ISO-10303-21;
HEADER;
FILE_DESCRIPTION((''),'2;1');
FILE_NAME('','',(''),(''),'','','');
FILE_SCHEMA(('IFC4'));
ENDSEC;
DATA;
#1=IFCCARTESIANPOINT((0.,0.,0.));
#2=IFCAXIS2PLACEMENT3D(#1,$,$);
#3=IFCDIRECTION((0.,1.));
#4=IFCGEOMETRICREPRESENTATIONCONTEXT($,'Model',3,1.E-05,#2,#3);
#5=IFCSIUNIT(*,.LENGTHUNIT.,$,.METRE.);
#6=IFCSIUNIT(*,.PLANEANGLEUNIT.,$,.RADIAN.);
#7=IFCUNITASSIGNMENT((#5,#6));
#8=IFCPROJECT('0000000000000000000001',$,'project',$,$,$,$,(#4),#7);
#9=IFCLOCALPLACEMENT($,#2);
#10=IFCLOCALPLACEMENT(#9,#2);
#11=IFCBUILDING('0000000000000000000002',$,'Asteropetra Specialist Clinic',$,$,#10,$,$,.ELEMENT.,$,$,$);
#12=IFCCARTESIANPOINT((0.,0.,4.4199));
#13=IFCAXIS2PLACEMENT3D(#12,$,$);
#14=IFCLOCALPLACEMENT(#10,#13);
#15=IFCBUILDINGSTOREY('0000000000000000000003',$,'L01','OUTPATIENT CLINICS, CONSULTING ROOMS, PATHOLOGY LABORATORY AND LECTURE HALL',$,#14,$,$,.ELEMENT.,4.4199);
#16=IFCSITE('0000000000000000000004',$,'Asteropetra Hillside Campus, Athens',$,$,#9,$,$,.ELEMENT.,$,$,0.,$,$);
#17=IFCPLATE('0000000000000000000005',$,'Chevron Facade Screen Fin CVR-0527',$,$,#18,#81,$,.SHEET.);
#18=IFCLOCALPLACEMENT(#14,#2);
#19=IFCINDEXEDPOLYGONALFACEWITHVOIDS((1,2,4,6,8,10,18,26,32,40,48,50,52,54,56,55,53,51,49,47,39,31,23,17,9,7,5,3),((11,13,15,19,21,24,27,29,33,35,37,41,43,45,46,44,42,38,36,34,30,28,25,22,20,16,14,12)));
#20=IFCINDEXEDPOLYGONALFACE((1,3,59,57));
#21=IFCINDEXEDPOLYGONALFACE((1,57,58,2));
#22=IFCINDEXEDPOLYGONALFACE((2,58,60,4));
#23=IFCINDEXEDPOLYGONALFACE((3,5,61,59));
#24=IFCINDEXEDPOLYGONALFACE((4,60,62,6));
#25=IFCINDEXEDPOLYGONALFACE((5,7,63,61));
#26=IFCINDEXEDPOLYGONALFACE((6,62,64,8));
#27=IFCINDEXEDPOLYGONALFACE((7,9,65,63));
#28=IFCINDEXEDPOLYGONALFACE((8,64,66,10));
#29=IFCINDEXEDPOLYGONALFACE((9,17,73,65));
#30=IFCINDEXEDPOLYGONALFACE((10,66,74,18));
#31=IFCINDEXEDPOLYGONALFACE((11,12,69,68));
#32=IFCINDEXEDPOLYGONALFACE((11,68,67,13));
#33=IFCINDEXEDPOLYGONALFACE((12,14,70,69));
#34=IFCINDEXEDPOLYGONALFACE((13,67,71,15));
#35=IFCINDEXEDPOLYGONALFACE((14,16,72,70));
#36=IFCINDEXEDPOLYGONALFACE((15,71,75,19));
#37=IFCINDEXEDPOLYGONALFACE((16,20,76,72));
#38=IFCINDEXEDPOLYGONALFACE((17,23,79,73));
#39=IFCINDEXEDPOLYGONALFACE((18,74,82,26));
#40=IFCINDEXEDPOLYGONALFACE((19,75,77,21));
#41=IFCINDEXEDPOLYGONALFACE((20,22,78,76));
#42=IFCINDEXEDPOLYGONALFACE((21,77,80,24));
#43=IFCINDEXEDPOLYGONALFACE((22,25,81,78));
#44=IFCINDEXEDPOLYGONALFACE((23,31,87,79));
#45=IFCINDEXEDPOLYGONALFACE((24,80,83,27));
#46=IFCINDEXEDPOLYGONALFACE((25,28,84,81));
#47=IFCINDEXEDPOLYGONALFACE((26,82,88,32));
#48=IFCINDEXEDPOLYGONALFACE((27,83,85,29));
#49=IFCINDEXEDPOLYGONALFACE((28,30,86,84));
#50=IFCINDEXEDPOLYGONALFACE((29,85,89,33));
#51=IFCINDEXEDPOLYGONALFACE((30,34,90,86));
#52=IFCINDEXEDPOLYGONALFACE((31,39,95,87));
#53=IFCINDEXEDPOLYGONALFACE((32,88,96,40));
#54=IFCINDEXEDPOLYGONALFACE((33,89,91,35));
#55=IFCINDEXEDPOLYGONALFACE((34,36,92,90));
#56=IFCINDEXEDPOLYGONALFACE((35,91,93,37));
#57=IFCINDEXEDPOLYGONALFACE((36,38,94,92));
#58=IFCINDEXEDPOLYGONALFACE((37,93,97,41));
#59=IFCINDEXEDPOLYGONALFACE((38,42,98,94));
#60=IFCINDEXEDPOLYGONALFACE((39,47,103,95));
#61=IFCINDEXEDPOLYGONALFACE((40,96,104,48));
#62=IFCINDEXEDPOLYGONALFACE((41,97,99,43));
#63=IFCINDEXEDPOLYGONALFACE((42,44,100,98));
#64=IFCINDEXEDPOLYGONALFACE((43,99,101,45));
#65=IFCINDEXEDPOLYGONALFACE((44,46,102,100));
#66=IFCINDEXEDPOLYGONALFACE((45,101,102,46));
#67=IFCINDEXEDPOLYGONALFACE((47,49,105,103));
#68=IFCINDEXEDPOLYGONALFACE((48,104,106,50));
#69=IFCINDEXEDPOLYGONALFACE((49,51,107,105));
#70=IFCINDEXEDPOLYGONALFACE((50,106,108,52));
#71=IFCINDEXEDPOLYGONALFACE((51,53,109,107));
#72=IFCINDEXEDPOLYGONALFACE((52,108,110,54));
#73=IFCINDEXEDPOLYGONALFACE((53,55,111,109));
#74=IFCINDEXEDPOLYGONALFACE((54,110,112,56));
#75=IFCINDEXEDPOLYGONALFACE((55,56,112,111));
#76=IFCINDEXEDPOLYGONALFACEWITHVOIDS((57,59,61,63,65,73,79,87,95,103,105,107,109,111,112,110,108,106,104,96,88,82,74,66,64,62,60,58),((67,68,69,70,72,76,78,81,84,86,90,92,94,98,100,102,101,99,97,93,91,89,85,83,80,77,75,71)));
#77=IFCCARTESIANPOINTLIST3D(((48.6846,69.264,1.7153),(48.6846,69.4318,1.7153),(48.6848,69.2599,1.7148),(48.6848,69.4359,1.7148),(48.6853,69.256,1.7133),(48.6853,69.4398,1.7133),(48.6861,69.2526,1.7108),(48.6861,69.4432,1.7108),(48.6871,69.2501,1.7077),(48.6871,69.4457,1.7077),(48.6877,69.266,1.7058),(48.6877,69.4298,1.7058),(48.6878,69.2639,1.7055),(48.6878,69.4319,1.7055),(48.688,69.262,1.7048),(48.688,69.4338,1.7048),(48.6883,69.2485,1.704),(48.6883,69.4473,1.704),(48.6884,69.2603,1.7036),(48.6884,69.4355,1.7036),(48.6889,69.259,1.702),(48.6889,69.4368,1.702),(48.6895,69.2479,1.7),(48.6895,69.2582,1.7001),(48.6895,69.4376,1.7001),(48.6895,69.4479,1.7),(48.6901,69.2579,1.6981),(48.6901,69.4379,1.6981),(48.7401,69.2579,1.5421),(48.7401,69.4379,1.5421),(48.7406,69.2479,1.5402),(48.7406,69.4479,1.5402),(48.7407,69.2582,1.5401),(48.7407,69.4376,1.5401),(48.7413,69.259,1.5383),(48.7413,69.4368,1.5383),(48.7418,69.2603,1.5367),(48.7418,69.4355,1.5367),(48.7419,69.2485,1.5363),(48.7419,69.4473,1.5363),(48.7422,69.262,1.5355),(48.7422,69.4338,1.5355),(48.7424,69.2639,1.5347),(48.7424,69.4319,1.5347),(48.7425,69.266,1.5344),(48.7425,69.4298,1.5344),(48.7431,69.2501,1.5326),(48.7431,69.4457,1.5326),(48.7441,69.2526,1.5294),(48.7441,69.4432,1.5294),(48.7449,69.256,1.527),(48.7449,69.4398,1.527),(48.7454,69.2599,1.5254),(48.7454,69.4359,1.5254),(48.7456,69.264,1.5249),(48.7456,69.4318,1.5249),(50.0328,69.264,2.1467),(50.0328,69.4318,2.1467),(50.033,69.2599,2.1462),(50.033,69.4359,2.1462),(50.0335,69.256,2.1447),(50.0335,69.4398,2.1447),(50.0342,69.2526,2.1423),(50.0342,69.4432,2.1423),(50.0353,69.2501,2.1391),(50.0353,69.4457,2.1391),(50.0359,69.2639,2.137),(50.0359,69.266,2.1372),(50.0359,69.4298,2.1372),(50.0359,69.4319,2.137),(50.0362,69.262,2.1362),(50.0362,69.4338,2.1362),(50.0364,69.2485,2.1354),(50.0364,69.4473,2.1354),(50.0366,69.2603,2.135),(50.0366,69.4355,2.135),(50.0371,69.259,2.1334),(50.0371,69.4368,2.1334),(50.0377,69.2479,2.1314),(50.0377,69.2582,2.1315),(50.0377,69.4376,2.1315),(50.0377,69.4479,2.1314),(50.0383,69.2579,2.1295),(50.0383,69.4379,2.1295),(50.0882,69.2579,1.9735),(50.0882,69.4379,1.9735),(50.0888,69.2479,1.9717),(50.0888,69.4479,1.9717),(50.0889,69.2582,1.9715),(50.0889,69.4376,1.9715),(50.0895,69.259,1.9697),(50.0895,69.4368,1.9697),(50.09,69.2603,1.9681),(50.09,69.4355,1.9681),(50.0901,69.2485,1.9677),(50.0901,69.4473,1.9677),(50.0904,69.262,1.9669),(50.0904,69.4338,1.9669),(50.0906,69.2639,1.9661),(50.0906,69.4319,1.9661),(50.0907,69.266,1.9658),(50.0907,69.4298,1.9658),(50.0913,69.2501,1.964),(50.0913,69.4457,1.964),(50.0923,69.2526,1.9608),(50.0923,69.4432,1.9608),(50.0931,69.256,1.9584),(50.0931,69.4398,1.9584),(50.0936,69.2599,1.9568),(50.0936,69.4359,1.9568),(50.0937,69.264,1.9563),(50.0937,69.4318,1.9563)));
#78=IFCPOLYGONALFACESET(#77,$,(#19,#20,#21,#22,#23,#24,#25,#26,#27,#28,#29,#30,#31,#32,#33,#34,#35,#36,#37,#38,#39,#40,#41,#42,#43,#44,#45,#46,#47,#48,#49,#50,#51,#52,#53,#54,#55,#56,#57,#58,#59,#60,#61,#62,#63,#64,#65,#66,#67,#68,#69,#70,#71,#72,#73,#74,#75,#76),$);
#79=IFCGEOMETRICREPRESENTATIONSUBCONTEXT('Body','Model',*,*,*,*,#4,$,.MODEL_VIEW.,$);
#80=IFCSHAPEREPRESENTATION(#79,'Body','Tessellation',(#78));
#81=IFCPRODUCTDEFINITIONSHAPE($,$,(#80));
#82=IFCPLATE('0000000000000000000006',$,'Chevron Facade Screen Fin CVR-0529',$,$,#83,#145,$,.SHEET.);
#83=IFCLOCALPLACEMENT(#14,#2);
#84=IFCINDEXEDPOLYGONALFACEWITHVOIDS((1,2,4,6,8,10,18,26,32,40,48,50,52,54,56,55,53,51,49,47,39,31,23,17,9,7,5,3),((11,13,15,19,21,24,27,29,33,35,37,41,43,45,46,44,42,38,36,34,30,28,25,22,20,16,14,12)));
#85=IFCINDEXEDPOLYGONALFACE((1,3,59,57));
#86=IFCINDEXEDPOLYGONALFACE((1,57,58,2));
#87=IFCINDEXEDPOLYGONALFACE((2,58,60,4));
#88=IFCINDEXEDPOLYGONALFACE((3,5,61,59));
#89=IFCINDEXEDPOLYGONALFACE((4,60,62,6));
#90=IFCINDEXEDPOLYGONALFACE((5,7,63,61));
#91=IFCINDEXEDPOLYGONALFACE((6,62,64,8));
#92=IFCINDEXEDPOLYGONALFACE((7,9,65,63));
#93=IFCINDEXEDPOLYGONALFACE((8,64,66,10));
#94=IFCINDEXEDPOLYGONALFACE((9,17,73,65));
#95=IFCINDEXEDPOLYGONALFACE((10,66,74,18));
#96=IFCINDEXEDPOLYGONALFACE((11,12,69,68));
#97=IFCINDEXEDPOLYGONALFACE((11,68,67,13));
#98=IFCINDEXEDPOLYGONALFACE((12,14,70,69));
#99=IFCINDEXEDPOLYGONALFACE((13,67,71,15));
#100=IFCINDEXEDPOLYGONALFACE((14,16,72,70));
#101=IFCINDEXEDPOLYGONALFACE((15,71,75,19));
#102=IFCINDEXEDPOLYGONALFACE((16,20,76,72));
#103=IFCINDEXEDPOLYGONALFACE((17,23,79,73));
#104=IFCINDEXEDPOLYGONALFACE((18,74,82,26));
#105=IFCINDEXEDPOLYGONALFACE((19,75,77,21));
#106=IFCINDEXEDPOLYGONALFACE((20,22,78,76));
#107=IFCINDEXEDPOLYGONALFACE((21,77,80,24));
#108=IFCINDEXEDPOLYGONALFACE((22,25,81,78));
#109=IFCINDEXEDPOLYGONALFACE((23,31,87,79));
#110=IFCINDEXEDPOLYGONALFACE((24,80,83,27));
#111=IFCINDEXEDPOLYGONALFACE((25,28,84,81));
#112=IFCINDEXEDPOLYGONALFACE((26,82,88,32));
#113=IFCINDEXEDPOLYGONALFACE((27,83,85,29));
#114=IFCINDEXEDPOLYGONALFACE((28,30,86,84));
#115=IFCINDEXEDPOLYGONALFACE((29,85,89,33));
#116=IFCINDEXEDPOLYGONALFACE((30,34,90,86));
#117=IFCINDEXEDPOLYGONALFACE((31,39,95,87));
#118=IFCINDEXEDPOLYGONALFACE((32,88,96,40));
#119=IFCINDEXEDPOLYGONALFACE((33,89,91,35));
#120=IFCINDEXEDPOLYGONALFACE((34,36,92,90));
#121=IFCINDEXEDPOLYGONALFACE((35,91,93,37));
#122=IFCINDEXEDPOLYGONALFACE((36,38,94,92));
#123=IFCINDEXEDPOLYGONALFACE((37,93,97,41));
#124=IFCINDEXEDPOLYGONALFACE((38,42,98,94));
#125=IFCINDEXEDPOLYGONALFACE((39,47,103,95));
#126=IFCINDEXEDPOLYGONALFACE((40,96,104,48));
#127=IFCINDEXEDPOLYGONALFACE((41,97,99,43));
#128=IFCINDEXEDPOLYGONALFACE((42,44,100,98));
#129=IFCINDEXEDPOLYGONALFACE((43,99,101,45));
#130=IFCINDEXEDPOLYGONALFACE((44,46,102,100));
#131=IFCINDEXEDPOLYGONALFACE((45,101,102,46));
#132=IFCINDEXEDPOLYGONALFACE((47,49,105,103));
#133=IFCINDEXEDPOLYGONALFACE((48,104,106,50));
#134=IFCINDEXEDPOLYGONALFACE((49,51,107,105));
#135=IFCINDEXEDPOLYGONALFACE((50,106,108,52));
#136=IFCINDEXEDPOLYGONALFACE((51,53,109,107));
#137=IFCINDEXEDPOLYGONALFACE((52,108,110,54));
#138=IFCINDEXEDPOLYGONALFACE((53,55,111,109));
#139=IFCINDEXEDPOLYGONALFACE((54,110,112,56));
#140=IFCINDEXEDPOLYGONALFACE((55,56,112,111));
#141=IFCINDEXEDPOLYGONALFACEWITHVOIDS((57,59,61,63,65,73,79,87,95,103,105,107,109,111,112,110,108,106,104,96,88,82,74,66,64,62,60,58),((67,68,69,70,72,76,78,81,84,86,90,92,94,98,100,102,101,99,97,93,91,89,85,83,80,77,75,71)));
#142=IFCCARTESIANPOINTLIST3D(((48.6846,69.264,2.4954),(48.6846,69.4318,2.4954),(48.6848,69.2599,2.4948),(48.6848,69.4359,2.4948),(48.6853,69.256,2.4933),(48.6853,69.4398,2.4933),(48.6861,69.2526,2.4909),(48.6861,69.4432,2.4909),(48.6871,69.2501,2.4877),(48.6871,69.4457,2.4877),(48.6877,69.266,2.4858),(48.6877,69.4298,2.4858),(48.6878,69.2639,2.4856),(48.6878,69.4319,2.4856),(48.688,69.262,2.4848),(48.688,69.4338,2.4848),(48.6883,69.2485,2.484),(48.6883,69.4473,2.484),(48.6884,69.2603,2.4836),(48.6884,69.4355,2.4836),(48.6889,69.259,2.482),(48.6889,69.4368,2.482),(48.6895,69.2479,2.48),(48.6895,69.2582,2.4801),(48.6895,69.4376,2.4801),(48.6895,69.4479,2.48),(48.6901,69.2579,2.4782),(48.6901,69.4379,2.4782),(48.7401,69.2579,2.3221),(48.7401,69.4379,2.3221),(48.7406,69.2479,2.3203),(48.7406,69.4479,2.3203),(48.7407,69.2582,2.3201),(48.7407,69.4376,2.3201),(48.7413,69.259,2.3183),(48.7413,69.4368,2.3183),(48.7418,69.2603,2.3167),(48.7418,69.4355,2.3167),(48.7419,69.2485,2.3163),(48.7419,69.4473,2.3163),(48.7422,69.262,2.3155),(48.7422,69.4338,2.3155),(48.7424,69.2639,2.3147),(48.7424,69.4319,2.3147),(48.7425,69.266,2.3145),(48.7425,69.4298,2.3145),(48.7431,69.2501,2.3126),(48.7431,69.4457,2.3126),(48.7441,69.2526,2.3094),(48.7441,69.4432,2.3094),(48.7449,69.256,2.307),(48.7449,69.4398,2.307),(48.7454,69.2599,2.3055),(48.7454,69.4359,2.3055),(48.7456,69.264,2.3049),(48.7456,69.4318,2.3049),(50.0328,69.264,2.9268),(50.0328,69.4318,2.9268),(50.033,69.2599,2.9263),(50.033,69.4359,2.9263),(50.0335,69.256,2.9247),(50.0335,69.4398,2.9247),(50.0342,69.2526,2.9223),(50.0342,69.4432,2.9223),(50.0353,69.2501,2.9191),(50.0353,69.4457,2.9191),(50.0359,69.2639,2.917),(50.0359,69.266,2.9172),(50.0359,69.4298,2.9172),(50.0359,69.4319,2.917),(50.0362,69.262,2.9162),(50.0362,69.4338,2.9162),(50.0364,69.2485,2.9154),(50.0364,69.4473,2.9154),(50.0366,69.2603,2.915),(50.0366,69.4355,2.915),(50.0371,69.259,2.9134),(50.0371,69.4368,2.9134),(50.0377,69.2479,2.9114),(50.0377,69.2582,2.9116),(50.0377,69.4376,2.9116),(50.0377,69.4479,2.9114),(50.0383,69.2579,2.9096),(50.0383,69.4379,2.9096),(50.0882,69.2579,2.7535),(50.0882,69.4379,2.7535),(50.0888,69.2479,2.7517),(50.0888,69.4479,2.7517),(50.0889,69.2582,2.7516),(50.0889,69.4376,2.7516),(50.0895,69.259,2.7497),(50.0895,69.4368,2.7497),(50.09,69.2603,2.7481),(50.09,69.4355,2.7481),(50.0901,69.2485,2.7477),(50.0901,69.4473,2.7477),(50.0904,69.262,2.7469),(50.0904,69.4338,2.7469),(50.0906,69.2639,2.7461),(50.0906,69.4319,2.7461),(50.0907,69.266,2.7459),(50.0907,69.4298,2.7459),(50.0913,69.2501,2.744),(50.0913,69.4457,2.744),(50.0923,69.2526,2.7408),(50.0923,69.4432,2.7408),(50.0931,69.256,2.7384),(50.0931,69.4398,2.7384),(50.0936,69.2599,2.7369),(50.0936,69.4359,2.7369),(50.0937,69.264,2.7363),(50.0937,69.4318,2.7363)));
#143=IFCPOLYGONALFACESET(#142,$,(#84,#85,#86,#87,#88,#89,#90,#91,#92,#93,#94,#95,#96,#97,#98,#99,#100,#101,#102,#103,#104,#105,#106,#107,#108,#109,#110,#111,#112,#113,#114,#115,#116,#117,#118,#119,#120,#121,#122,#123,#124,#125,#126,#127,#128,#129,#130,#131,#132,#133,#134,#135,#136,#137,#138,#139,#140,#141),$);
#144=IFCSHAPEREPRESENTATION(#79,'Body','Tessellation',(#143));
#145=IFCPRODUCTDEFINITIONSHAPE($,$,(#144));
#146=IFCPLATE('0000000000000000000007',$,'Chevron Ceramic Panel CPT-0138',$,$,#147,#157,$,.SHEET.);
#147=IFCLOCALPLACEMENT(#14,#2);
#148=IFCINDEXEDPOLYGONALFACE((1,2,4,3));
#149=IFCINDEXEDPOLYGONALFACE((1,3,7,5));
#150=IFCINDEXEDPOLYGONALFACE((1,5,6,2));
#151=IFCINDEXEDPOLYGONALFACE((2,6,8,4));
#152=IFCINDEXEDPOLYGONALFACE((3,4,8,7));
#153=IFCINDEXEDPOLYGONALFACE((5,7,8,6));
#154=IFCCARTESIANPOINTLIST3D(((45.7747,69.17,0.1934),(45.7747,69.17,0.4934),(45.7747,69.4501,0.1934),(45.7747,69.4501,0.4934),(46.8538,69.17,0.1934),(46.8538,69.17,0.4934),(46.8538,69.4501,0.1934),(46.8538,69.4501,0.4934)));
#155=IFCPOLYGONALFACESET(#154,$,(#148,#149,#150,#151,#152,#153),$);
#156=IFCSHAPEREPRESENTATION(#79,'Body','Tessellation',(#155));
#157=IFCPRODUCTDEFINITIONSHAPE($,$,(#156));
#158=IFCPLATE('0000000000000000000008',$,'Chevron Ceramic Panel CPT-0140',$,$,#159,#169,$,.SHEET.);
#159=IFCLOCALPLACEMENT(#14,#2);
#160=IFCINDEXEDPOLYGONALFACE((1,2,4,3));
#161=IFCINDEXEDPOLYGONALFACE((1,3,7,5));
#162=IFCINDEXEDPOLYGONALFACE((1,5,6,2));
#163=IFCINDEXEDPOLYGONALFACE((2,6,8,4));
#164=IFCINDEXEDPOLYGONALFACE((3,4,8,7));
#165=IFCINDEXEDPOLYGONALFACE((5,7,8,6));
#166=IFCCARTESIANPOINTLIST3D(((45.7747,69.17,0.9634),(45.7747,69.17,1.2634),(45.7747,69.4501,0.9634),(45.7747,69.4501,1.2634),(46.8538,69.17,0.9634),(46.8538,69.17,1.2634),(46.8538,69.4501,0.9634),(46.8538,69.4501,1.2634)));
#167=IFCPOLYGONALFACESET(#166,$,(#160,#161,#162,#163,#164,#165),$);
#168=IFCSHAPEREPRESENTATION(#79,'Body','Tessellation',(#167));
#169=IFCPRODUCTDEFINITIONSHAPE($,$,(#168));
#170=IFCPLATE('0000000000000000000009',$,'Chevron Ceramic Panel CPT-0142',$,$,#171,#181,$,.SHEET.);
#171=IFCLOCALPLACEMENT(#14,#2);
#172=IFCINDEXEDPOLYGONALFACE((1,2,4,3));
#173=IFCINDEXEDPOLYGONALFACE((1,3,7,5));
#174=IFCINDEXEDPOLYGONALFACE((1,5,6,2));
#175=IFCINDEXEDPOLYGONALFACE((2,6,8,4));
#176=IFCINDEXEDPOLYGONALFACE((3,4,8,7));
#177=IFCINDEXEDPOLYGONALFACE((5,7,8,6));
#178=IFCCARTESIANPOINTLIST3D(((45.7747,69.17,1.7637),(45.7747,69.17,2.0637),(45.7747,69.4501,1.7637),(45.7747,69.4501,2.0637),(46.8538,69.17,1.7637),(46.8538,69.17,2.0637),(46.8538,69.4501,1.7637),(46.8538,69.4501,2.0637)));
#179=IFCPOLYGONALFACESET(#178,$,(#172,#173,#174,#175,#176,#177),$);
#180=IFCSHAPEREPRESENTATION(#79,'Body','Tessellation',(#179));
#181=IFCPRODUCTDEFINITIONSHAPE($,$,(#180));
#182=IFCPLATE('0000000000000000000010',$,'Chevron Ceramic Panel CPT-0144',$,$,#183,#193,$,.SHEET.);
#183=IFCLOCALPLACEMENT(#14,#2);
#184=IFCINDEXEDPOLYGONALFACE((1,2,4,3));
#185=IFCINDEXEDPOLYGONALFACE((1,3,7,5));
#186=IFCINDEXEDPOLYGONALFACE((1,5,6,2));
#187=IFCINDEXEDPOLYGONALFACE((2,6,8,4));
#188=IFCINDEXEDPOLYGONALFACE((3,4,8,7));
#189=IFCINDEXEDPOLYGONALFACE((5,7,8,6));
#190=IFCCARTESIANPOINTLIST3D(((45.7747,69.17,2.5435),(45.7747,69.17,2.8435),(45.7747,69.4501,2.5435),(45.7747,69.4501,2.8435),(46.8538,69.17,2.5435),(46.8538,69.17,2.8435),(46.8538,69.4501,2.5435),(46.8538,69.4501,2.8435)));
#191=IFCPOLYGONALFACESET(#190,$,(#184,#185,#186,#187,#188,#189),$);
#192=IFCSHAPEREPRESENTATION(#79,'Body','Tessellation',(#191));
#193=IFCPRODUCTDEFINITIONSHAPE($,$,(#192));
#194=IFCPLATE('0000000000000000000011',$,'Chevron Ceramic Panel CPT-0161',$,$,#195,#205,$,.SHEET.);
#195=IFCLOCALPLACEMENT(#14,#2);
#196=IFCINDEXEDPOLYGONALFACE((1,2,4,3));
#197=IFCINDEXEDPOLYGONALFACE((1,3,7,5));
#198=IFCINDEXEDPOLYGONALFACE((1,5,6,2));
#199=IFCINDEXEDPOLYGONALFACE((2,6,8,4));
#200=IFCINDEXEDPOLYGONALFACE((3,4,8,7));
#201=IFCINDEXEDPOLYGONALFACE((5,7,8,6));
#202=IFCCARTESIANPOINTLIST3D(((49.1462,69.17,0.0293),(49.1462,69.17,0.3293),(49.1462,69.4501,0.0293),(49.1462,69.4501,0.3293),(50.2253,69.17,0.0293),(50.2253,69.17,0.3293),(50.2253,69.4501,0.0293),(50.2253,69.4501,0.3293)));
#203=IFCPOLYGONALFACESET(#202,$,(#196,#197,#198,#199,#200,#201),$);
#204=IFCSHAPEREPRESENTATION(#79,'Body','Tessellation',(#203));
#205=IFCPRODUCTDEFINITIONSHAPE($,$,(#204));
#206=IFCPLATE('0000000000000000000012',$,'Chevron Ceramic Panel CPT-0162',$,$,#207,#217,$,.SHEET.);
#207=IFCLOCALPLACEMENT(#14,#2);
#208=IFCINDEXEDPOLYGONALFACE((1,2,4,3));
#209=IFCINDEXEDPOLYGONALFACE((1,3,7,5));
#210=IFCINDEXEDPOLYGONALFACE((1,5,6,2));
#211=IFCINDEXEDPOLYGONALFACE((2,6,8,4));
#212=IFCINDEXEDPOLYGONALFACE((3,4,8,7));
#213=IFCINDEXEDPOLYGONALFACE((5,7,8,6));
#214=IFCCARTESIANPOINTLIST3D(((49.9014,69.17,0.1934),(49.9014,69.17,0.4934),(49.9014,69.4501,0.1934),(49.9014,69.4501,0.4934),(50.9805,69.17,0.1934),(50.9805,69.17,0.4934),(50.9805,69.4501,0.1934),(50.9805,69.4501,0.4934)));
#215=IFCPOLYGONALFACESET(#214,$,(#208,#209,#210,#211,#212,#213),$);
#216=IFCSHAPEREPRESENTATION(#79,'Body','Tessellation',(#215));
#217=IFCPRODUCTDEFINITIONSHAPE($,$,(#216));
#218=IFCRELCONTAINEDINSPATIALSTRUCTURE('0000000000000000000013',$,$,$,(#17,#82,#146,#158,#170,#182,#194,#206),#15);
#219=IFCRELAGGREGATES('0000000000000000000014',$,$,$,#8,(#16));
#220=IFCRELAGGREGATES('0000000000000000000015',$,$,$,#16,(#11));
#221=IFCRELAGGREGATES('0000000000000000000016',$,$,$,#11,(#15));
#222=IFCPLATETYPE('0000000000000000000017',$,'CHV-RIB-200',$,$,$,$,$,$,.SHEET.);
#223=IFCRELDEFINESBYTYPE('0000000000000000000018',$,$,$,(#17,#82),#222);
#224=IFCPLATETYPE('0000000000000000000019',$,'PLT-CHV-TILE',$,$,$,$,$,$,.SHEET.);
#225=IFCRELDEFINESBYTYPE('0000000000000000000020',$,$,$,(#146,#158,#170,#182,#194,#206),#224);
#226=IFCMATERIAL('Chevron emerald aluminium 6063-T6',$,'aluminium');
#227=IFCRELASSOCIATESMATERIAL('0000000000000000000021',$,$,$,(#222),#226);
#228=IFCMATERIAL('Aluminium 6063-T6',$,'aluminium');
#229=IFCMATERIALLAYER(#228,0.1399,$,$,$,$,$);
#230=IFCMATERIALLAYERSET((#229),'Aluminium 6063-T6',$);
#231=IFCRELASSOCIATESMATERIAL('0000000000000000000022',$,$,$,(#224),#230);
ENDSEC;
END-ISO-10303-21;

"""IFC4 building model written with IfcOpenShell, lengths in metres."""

from ifc_helpers import new_model, si_unit, direction, frame, origin, origin_2d, place, context, subcontext, project, spatial, rectangle, hollow_rectangle, extrude, material, layer, layer_set, material_profile, profile_set, type_object, element, save


model = new_model("IFC4")

# Units and contexts
model_context = context("Model", 3, precision=1e-05, world=origin(), true_north=direction((0.0, 1.0)))
body_context = subcontext(model_context, "Body", "Model", "MODEL_VIEW")
ifc_project = project(units=[si_unit("LENGTHUNIT", "METRE"), si_unit("PLANEANGLEUNIT", "RADIAN")], contexts=[model_context])

# Site, building, storey
site_placement = place(None, origin())
site = spatial("IfcSite", under=ifc_project, at=site_placement, Name="Asteropetra Hillside Campus, Athens", CompositionType="ELEMENT", RefElevation=0.0)
building_placement = place(site_placement, origin())
building = spatial("IfcBuilding", under=site, at=building_placement, Name="Asteropetra Specialist Clinic", CompositionType="ELEMENT")
storey_placement = place(building_placement, frame((0.0, 0.0, 4.4199)))
storey = spatial("IfcBuildingStorey", under=building, at=storey_placement, Name="L01", Description="OUTPATIENT CLINICS, CONSULTING ROOMS, PATHOLOGY LABORATORY AND LECTURE HALL", CompositionType="ELEMENT", Elevation=4.4199)

# Plates
ifc_material_1 = material(Name="Chevron emerald aluminium 6063-T6", Category="aluminium")
ifc_material_profile = material_profile(ifc_material_1, hollow_rectangle(XDim=0.2, YDim=0.2, WallThickness=0.01, InnerFilletRadius=0.0081, OuterFilletRadius=0.0161, at=origin_2d()), Name="SHS 200x200x10.0")
ifc_profile_set = profile_set([ifc_material_profile], Name="Chevron emerald aluminium 6063-T6")
plate_type_1 = type_object("IfcPlateType", Name="CHV-RIB-200", PredefinedType="SHEET", material=ifc_profile_set)
for number, where, z_axis, x_axis, name in (
    (1, (48.7151, 69.3479, 1.6201), (0.952426, 0.0, 0.304769), (0.0, 1.0, 0.0), "Chevron Facade Screen Fin CVR-0527"),
    (2, (48.7151, 69.3479, 2.4001), (0.952426, 0.0, 0.304769), (0.0, 1.0, 0.0), "Chevron Facade Screen Fin CVR-0529"),
):
    element("IfcPlate", number, at=place(storey_placement, frame(where, z_axis=z_axis, x_axis=x_axis)), inside=storey, type_object=plate_type_1, Name=name, PredefinedType="SHEET", context=body_context, shape_type="SweptSolid", body=[
        extrude(hollow_rectangle(XDim=0.2, YDim=0.2, WallThickness=0.01, InnerFilletRadius=0.0081, OuterFilletRadius=0.0161, at=origin_2d()), origin(), (0.0, 0.0, 1.0), 1.4155),
    ])
ifc_material_2 = material(Name="Aluminium 6063-T6", Category="aluminium")
ifc_layer = layer(ifc_material_2, 0.1399)
ifc_layer_set = layer_set([ifc_layer], Name="Aluminium 6063-T6")
plate_type_2 = type_object("IfcPlateType", Name="PLT-CHV-TILE", PredefinedType="SHEET", material=ifc_layer_set)
for number, where, z_axis, x_axis, name in (
    (3, (46.3142, 69.3101, 0.1934), (0.0, 0.0, 1.0), (1.0, 0.0, 0.0), "Chevron Ceramic Panel CPT-0138"),
    (4, (46.3142, 69.3101, 0.9634), (0.0, 0.0, 1.0), (1.0, 0.0, 0.0), "Chevron Ceramic Panel CPT-0140"),
    (5, (46.3142, 69.3101, 1.7637), (0.0, 0.0, 1.0), (1.0, 0.0, 0.0), "Chevron Ceramic Panel CPT-0142"),
    (6, (46.3142, 69.3101, 2.5435), (0.0, 0.0, 1.0), (1.0, 0.0, 0.0), "Chevron Ceramic Panel CPT-0144"),
    (7, (49.6858, 69.3101, 0.0293), (0.0, 0.0, 1.0), (1.0, 0.0, 0.0), "Chevron Ceramic Panel CPT-0161"),
    (8, (50.4409, 69.3101, 0.1934), (0.0, 0.0, 1.0), (1.0, 0.0, 0.0), "Chevron Ceramic Panel CPT-0162"),
):
    element("IfcPlate", number, at=place(storey_placement, frame(where, z_axis=z_axis, x_axis=x_axis)), inside=storey, type_object=plate_type_2, Name=name, PredefinedType="SHEET", context=body_context, shape_type="SweptSolid", body=[
        extrude(rectangle(XDim=1.0791, YDim=0.28, at=origin_2d()), origin(), (0.0, 0.0, 1.0), 0.3),
    ])

save(model, "model.ifc")
